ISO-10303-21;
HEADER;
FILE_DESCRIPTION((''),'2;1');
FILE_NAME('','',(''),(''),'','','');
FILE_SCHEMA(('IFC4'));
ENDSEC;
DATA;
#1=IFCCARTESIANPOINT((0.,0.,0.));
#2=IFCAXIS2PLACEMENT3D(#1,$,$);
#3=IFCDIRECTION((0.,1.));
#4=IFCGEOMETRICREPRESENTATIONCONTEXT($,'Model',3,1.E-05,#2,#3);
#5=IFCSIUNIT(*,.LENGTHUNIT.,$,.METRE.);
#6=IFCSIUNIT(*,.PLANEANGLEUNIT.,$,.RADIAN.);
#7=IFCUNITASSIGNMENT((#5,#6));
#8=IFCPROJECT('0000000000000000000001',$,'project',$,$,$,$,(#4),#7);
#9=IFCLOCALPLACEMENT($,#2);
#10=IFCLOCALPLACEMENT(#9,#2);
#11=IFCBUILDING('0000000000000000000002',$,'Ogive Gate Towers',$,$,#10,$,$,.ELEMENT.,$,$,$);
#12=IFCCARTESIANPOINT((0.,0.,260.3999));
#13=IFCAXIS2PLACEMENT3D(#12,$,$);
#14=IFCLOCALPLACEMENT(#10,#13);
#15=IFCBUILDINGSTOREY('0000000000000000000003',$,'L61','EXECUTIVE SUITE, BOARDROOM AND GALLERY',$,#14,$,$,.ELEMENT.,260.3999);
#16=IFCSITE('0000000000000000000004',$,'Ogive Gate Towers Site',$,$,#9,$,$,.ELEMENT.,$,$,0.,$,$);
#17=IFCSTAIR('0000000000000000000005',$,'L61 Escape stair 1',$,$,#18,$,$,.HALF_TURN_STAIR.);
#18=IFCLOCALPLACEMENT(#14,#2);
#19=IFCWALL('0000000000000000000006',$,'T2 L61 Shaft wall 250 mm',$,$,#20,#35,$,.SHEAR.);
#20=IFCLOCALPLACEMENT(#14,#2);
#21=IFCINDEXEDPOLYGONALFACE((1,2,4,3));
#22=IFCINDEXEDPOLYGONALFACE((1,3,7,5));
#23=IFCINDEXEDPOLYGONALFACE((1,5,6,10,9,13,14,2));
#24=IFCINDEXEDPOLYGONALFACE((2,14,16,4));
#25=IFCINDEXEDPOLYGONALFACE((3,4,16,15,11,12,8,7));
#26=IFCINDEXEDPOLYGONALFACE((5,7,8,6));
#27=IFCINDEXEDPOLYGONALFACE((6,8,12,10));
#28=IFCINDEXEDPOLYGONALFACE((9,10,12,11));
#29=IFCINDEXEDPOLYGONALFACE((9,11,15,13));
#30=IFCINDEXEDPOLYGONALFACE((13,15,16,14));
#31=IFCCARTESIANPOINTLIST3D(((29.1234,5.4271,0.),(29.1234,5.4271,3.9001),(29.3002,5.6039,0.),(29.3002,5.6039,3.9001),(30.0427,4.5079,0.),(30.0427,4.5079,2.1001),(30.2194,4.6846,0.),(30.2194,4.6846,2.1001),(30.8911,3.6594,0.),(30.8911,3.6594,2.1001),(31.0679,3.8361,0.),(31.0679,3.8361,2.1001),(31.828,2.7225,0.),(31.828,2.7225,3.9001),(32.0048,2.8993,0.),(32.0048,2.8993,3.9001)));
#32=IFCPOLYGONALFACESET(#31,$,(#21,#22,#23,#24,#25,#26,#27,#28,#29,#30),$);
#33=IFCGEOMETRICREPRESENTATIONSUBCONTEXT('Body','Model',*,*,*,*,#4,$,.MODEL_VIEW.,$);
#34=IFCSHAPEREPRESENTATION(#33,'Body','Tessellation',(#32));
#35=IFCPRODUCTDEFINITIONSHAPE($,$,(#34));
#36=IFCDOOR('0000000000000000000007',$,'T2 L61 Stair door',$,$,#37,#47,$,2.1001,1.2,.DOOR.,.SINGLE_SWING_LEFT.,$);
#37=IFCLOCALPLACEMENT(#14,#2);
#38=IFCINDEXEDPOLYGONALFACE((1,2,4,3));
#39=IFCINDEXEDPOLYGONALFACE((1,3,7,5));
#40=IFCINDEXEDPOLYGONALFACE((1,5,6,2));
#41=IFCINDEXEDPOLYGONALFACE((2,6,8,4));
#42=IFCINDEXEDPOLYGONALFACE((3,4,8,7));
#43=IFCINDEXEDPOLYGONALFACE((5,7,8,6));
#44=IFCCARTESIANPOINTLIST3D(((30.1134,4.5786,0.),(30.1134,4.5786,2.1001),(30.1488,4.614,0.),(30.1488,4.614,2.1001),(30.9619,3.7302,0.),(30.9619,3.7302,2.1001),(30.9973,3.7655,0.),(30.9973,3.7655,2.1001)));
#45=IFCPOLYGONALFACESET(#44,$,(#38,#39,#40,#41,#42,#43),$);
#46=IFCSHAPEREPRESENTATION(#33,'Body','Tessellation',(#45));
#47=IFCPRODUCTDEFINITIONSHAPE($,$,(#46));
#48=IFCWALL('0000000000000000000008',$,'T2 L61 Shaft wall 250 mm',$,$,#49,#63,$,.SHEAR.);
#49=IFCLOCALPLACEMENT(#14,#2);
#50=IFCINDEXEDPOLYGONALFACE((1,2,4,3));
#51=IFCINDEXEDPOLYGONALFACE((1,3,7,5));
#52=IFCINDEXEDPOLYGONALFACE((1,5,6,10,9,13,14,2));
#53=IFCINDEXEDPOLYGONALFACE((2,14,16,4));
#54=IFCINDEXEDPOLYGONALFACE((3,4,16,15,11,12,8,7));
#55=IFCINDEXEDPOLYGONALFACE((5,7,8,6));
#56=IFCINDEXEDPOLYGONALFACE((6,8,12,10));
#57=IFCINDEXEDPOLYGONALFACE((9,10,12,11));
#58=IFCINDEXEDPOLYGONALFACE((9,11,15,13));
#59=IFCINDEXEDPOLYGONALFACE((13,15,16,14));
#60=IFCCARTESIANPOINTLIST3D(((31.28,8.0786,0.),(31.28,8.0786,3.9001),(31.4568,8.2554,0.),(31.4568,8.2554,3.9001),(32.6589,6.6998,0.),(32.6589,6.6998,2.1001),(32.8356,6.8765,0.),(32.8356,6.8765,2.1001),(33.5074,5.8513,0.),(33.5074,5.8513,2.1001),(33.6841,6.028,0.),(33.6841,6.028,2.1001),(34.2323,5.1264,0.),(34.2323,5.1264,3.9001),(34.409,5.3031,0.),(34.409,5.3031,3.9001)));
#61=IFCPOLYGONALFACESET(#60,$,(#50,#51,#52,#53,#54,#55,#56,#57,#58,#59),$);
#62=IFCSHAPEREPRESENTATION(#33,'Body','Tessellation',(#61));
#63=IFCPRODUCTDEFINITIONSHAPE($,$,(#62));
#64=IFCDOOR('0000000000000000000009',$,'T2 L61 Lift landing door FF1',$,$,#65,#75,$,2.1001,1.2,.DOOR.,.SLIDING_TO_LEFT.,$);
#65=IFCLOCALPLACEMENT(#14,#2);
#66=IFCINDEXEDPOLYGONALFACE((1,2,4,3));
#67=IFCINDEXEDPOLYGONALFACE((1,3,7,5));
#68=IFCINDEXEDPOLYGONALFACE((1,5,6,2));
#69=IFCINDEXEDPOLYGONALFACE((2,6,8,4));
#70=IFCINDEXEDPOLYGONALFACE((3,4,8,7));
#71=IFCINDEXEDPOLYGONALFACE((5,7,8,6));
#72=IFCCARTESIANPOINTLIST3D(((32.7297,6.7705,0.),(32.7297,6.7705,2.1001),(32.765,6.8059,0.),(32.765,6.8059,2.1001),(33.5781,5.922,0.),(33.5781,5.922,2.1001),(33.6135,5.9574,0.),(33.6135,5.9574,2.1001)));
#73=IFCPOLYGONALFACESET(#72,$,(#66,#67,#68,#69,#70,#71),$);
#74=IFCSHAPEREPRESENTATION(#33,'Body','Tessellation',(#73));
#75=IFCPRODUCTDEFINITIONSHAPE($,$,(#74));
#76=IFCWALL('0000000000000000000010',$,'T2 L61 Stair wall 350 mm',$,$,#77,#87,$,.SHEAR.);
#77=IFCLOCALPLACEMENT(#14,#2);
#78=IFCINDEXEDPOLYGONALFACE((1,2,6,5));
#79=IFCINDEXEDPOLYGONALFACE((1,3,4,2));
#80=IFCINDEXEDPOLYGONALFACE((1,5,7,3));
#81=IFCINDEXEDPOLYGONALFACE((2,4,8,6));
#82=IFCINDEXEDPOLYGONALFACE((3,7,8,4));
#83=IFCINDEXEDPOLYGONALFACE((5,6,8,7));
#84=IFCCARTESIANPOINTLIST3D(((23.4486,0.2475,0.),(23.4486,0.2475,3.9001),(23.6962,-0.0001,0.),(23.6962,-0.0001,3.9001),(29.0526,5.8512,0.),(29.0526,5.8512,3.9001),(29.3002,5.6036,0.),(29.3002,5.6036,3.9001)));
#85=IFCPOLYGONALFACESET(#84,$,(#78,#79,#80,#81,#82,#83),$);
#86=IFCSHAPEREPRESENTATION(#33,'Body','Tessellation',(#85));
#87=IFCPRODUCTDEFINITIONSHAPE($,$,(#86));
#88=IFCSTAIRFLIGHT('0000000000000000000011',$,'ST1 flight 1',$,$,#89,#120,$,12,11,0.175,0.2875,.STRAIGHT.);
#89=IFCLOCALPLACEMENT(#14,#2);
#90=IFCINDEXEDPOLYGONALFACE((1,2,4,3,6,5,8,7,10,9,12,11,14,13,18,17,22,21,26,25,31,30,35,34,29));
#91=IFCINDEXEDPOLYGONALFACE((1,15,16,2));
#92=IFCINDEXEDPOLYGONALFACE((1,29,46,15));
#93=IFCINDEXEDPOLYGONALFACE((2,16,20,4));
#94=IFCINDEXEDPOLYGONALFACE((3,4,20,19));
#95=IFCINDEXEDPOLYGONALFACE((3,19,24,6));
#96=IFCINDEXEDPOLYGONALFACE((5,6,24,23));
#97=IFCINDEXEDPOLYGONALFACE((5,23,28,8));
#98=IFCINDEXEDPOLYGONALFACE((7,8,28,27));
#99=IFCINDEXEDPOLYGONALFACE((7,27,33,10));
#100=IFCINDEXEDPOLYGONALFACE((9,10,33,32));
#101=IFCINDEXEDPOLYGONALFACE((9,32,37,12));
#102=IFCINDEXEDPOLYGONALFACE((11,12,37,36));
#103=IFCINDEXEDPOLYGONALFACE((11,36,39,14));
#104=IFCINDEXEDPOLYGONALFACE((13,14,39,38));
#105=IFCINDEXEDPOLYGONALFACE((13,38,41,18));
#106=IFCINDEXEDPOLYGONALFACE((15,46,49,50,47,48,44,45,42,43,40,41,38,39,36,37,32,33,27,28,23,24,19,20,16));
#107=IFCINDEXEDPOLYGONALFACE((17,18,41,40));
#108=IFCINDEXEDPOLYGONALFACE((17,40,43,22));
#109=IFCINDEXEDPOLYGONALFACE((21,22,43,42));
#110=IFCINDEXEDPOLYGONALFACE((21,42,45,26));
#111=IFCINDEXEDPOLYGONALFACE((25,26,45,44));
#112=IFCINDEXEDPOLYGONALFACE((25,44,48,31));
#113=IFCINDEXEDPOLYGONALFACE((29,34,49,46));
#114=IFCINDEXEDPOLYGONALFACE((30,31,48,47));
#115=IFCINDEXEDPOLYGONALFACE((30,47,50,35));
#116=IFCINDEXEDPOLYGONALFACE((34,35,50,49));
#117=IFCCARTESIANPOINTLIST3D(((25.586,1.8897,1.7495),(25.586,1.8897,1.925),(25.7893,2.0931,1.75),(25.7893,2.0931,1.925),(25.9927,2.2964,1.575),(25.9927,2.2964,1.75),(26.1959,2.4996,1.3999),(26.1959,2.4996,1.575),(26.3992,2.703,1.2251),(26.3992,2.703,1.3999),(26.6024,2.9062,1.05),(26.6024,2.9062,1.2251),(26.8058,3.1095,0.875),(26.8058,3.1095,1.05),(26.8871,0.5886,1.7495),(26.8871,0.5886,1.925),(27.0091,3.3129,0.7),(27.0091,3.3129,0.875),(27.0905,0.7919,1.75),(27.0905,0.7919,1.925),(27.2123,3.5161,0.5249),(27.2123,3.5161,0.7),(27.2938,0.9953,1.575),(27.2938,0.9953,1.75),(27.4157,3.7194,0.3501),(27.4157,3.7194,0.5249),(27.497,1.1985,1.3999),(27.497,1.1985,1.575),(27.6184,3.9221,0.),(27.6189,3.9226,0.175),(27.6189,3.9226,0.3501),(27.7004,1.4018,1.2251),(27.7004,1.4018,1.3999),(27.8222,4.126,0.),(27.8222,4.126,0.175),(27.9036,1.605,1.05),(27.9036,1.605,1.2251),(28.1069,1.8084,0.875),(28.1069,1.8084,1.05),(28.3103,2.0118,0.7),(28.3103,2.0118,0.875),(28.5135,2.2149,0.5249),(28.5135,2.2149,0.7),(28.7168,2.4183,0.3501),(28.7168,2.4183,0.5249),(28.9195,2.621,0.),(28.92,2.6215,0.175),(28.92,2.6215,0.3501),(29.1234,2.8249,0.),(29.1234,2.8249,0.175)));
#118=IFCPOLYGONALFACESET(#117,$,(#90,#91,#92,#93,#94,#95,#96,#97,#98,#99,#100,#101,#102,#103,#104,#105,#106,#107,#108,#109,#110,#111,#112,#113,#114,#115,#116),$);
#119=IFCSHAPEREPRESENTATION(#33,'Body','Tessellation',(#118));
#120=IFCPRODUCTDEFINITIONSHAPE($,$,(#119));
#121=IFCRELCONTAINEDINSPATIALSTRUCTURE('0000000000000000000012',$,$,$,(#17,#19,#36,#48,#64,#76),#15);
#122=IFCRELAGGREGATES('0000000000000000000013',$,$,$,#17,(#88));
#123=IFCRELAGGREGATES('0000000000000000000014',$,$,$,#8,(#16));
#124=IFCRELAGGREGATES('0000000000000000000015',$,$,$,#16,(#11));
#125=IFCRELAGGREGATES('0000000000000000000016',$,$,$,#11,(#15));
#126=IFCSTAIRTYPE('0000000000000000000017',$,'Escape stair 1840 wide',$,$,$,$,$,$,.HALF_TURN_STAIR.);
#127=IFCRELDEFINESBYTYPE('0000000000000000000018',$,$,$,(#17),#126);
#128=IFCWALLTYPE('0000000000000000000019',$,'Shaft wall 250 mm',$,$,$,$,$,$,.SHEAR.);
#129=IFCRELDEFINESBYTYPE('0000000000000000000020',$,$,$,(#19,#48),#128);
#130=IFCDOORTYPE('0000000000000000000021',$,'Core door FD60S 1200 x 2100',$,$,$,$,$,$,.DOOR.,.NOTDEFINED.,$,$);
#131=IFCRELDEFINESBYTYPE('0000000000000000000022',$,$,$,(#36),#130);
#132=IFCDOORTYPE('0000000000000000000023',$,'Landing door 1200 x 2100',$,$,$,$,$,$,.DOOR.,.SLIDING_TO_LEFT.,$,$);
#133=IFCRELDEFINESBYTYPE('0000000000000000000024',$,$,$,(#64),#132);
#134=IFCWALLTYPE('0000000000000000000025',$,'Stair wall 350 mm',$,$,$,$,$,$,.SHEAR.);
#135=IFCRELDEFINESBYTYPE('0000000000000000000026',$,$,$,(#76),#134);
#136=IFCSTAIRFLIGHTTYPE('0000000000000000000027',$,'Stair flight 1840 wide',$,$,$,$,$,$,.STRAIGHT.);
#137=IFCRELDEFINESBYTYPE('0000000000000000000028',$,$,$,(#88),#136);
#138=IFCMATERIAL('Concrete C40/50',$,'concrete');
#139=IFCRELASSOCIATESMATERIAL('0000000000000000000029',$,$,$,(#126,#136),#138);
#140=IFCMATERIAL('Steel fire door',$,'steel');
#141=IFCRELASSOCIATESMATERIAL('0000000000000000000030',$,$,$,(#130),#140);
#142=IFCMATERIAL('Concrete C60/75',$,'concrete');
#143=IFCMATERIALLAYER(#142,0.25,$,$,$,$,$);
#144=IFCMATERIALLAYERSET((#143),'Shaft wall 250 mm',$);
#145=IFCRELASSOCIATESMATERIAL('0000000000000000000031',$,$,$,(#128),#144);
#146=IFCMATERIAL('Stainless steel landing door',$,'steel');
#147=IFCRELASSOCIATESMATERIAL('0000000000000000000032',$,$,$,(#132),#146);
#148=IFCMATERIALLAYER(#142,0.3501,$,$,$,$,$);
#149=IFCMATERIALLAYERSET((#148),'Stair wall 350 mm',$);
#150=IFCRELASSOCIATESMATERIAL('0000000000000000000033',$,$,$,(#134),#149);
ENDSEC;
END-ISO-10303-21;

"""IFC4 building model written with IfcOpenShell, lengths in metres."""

from ifc_helpers import new_model, si_unit, direction, frame, frame_2d, origin, place, context, subcontext, project, spatial, polyline, rectangle, outline, extrude, material, layer, layer_set, type_object, element, fill, aggregate, save


model = new_model("IFC4")

# Units and contexts
model_context = context("Model", 3, precision=1e-05, world=origin(), true_north=direction((0.0, 1.0)))
body_context = subcontext(model_context, "Body", "Model", "MODEL_VIEW")
ifc_project = project(units=[si_unit("LENGTHUNIT", "METRE"), si_unit("PLANEANGLEUNIT", "RADIAN")], contexts=[model_context])

# Site, building, storey
site_placement = place(None, origin())
site = spatial("IfcSite", under=ifc_project, at=site_placement, Name="Ogive Gate Towers Site", CompositionType="ELEMENT", RefElevation=0.0)
building_placement = place(site_placement, origin())
building = spatial("IfcBuilding", under=site, at=building_placement, Name="Ogive Gate Towers", CompositionType="ELEMENT")
storey_placement = place(building_placement, frame((0.0, 0.0, 260.3999)))
storey = spatial("IfcBuildingStorey", under=building, at=storey_placement, Name="L61", Description="EXECUTIVE SUITE, BOARDROOM AND GALLERY", CompositionType="ELEMENT", Elevation=260.3999)

# Shared definitions
ifc_material_1 = material(Name="Concrete C40/50", Category="concrete")

# Stair
stair_type = type_object("IfcStairType", Name="Escape stair 1840 wide", PredefinedType="HALF_TURN_STAIR", material=ifc_material_1)
stair_1_placement = place(storey_placement, origin())
stair_1 = element("IfcStair", 1, at=stair_1_placement, inside=storey, type_object=stair_type, Name="L61 Escape stair 1", PredefinedType="HALF_TURN_STAIR")

# Shared definitions
ifc_material_2 = material(Name="Concrete C60/75", Category="concrete")
ifc_material_3 = material(Name="Steel fire door", Category="steel")
door_type_1 = type_object("IfcDoorType", Name="Core door FD60S 1200 x 2100", OperationType="NOTDEFINED", PredefinedType="DOOR", material=ifc_material_3)

# Shared definitions
ifc_layer_1 = layer(ifc_material_2, 0.25)
ifc_layer_set_1 = layer_set([ifc_layer_1], Name="Shaft wall 250 mm")
wall_type_1 = type_object("IfcWallType", Name="Shaft wall 250 mm", PredefinedType="SHEAR", material=ifc_layer_set_1)

# Walls, openings, doors
wall_1_placement = place(storey_placement, frame((31.9165, 2.8108, 0.0), z_axis=(0.0, 0.0, 1.0), x_axis=(-0.707107, 0.707107, 0.0)))
wall_1 = element("IfcWall", 2, at=wall_1_placement, inside=storey, type_object=wall_type_1, Name="T2 L61 Shaft wall 250 mm", PredefinedType="SHEAR", context=body_context, shape_type="SweptSolid", body=[
    extrude(rectangle(XDim=3.825, YDim=0.25, at=frame_2d((1.9126, 0.0))), origin(), (0.0, 0.0, 1.0), 3.9001),
])
opening_1_placement = place(wall_1_placement, frame((1.325, 0.0, 0.0)))
opening_1 = element("IfcOpeningElement", 3, at=opening_1_placement, cuts=wall_1, PredefinedType="OPENING", context=body_context, shape_type="SweptSolid", body=[
    extrude(rectangle(XDim=1.2, YDim=2.1001, at=frame_2d((0.6001, 1.05))), frame((0.0, 0.135, 0.0), z_axis=(0.0, -1.0, 0.0), x_axis=(1.0, 0.0, 0.0)), (0.0, 0.0, 1.0), 0.27),
])
door_1_placement = place(opening_1_placement, origin())
door_1 = element("IfcDoor", 4, at=door_1_placement, inside=storey, type_object=door_type_1, Name="T2 L61 Stair door", OperationType="SINGLE_SWING_LEFT", OverallHeight=2.1001, OverallWidth=1.2, PredefinedType="DOOR", context=body_context, shape_type="SweptSolid", body=[
    extrude(rectangle(XDim=1.2, YDim=2.1001, at=frame_2d((0.6001, 1.05))), frame((0.0, 0.0249, 0.0), z_axis=(0.0, -1.0, 0.0), x_axis=(1.0, 0.0, 0.0)), (0.0, 0.0, 1.0), 0.05),
])
fill(opening_1, door_1)
wall_2_placement = place(storey_placement, frame((34.3206, 5.2148, 0.0), z_axis=(0.0, 0.0, 1.0), x_axis=(-0.707107, 0.707107, 0.0)))
wall_2 = element("IfcWall", 5, at=wall_2_placement, inside=storey, type_object=wall_type_1, Name="T2 L61 Shaft wall 250 mm", PredefinedType="SHEAR", context=body_context, shape_type="SweptSolid", body=[
    extrude(rectangle(XDim=4.175, YDim=0.25, at=frame_2d((2.0874, 0.0))), origin(), (0.0, 0.0, 1.0), 3.9001),
])
opening_2_placement = place(wall_2_placement, frame((1.0249, 0.0, 0.0)))
opening_2 = element("IfcOpeningElement", 6, at=opening_2_placement, cuts=wall_2, PredefinedType="OPENING", context=body_context, shape_type="SweptSolid", body=[
    extrude(rectangle(XDim=1.2, YDim=2.1001, at=frame_2d((0.6001, 1.05))), frame((0.0, 0.135, 0.0), z_axis=(0.0, -1.0, 0.0), x_axis=(1.0, 0.0, 0.0)), (0.0, 0.0, 1.0), 0.27),
])
ifc_material_4 = material(Name="Stainless steel landing door", Category="steel")
door_type_2 = type_object("IfcDoorType", Name="Landing door 1200 x 2100", OperationType="SLIDING_TO_LEFT", PredefinedType="DOOR", material=ifc_material_4)
door_2_placement = place(opening_2_placement, origin())
door_2 = element("IfcDoor", 7, at=door_2_placement, inside=storey, type_object=door_type_2, Name="T2 L61 Lift landing door FF1", OperationType="SLIDING_TO_LEFT", OverallHeight=2.1001, OverallWidth=1.2, PredefinedType="DOOR", context=body_context, shape_type="SweptSolid", body=[
    extrude(rectangle(XDim=1.2, YDim=2.1001, at=frame_2d((0.6001, 1.05))), frame((0.0, 0.0249, 0.0), z_axis=(0.0, -1.0, 0.0), x_axis=(1.0, 0.0, 0.0)), (0.0, 0.0, 1.0), 0.05),
])
fill(opening_2, door_2)

# Wall
ifc_layer_2 = layer(ifc_material_2, 0.3501)
ifc_layer_set_2 = layer_set([ifc_layer_2], Name="Stair wall 350 mm")
wall_type_2 = type_object("IfcWallType", Name="Stair wall 350 mm", PredefinedType="SHEAR", material=ifc_layer_set_2)
wall_3_placement = place(storey_placement, frame((23.5725, 0.1238, 0.0), z_axis=(0.0, 0.0, 1.0), x_axis=(0.707122, 0.707091, 0.0)))
element("IfcWall", 8, at=wall_3_placement, inside=storey, type_object=wall_type_2, Name="T2 L61 Stair wall 350 mm", PredefinedType="SHEAR", context=body_context, shape_type="SweptSolid", body=[
    extrude(rectangle(XDim=7.925, YDim=0.3501, at=frame_2d((3.9624, 0.0))), origin(), (0.0, 0.0, 1.0), 3.9001),
])

# Stair flight
stair_flight_type = type_object("IfcStairFlightType", Name="Stair flight 1840 wide", PredefinedType="STRAIGHT", material=ifc_material_1)
stair_flight_placement = place(storey_placement, frame((28.4729, 3.4753, 0.0), z_axis=(0.0, 0.0, 1.0), x_axis=(-0.707107, -0.707107, 0.0)))
stair_flight = element("IfcStairFlight", 9, at=stair_flight_placement, type_object=stair_flight_type, Name="ST1 flight 1", NumberOfRisers=12, NumberOfTreads=11, PredefinedType="STRAIGHT", RiserHeight=0.175, TreadLength=0.2875, context=body_context, shape_type="SweptSolid", body=[
    extrude(outline(polyline([(0.0, 0.0), (0.0, 0.175), (0.2876, 0.175), (0.2876, 0.3501), (0.575, 0.3501), (0.575, 0.5249), (0.8625, 0.5249), (0.8625, 0.7), (1.1499, 0.7), (1.1499, 0.875), (1.4375, 0.875), (1.4375, 1.05), (1.7251, 1.05), (1.7251, 1.2251), (2.0125, 1.2251), (2.0125, 1.3999), (2.3, 1.3999), (2.3, 1.575), (2.5874, 1.575), (2.5874, 1.75), (2.875, 1.75), (2.875, 1.925), (3.1626, 1.925), (3.1626, 2.1001), (3.1626, 1.7495), (0.2883, 0.0), (0.0, 0.0)])), frame((0.0, 0.9199, 0.0), z_axis=(0.0, -1.0, 0.0), x_axis=(1.0, 0.0, 0.0)), (0.0, 0.0, 1.0), 1.8401),
])
aggregate(stair_1, [stair_flight])

save(model, "model.ifc")
